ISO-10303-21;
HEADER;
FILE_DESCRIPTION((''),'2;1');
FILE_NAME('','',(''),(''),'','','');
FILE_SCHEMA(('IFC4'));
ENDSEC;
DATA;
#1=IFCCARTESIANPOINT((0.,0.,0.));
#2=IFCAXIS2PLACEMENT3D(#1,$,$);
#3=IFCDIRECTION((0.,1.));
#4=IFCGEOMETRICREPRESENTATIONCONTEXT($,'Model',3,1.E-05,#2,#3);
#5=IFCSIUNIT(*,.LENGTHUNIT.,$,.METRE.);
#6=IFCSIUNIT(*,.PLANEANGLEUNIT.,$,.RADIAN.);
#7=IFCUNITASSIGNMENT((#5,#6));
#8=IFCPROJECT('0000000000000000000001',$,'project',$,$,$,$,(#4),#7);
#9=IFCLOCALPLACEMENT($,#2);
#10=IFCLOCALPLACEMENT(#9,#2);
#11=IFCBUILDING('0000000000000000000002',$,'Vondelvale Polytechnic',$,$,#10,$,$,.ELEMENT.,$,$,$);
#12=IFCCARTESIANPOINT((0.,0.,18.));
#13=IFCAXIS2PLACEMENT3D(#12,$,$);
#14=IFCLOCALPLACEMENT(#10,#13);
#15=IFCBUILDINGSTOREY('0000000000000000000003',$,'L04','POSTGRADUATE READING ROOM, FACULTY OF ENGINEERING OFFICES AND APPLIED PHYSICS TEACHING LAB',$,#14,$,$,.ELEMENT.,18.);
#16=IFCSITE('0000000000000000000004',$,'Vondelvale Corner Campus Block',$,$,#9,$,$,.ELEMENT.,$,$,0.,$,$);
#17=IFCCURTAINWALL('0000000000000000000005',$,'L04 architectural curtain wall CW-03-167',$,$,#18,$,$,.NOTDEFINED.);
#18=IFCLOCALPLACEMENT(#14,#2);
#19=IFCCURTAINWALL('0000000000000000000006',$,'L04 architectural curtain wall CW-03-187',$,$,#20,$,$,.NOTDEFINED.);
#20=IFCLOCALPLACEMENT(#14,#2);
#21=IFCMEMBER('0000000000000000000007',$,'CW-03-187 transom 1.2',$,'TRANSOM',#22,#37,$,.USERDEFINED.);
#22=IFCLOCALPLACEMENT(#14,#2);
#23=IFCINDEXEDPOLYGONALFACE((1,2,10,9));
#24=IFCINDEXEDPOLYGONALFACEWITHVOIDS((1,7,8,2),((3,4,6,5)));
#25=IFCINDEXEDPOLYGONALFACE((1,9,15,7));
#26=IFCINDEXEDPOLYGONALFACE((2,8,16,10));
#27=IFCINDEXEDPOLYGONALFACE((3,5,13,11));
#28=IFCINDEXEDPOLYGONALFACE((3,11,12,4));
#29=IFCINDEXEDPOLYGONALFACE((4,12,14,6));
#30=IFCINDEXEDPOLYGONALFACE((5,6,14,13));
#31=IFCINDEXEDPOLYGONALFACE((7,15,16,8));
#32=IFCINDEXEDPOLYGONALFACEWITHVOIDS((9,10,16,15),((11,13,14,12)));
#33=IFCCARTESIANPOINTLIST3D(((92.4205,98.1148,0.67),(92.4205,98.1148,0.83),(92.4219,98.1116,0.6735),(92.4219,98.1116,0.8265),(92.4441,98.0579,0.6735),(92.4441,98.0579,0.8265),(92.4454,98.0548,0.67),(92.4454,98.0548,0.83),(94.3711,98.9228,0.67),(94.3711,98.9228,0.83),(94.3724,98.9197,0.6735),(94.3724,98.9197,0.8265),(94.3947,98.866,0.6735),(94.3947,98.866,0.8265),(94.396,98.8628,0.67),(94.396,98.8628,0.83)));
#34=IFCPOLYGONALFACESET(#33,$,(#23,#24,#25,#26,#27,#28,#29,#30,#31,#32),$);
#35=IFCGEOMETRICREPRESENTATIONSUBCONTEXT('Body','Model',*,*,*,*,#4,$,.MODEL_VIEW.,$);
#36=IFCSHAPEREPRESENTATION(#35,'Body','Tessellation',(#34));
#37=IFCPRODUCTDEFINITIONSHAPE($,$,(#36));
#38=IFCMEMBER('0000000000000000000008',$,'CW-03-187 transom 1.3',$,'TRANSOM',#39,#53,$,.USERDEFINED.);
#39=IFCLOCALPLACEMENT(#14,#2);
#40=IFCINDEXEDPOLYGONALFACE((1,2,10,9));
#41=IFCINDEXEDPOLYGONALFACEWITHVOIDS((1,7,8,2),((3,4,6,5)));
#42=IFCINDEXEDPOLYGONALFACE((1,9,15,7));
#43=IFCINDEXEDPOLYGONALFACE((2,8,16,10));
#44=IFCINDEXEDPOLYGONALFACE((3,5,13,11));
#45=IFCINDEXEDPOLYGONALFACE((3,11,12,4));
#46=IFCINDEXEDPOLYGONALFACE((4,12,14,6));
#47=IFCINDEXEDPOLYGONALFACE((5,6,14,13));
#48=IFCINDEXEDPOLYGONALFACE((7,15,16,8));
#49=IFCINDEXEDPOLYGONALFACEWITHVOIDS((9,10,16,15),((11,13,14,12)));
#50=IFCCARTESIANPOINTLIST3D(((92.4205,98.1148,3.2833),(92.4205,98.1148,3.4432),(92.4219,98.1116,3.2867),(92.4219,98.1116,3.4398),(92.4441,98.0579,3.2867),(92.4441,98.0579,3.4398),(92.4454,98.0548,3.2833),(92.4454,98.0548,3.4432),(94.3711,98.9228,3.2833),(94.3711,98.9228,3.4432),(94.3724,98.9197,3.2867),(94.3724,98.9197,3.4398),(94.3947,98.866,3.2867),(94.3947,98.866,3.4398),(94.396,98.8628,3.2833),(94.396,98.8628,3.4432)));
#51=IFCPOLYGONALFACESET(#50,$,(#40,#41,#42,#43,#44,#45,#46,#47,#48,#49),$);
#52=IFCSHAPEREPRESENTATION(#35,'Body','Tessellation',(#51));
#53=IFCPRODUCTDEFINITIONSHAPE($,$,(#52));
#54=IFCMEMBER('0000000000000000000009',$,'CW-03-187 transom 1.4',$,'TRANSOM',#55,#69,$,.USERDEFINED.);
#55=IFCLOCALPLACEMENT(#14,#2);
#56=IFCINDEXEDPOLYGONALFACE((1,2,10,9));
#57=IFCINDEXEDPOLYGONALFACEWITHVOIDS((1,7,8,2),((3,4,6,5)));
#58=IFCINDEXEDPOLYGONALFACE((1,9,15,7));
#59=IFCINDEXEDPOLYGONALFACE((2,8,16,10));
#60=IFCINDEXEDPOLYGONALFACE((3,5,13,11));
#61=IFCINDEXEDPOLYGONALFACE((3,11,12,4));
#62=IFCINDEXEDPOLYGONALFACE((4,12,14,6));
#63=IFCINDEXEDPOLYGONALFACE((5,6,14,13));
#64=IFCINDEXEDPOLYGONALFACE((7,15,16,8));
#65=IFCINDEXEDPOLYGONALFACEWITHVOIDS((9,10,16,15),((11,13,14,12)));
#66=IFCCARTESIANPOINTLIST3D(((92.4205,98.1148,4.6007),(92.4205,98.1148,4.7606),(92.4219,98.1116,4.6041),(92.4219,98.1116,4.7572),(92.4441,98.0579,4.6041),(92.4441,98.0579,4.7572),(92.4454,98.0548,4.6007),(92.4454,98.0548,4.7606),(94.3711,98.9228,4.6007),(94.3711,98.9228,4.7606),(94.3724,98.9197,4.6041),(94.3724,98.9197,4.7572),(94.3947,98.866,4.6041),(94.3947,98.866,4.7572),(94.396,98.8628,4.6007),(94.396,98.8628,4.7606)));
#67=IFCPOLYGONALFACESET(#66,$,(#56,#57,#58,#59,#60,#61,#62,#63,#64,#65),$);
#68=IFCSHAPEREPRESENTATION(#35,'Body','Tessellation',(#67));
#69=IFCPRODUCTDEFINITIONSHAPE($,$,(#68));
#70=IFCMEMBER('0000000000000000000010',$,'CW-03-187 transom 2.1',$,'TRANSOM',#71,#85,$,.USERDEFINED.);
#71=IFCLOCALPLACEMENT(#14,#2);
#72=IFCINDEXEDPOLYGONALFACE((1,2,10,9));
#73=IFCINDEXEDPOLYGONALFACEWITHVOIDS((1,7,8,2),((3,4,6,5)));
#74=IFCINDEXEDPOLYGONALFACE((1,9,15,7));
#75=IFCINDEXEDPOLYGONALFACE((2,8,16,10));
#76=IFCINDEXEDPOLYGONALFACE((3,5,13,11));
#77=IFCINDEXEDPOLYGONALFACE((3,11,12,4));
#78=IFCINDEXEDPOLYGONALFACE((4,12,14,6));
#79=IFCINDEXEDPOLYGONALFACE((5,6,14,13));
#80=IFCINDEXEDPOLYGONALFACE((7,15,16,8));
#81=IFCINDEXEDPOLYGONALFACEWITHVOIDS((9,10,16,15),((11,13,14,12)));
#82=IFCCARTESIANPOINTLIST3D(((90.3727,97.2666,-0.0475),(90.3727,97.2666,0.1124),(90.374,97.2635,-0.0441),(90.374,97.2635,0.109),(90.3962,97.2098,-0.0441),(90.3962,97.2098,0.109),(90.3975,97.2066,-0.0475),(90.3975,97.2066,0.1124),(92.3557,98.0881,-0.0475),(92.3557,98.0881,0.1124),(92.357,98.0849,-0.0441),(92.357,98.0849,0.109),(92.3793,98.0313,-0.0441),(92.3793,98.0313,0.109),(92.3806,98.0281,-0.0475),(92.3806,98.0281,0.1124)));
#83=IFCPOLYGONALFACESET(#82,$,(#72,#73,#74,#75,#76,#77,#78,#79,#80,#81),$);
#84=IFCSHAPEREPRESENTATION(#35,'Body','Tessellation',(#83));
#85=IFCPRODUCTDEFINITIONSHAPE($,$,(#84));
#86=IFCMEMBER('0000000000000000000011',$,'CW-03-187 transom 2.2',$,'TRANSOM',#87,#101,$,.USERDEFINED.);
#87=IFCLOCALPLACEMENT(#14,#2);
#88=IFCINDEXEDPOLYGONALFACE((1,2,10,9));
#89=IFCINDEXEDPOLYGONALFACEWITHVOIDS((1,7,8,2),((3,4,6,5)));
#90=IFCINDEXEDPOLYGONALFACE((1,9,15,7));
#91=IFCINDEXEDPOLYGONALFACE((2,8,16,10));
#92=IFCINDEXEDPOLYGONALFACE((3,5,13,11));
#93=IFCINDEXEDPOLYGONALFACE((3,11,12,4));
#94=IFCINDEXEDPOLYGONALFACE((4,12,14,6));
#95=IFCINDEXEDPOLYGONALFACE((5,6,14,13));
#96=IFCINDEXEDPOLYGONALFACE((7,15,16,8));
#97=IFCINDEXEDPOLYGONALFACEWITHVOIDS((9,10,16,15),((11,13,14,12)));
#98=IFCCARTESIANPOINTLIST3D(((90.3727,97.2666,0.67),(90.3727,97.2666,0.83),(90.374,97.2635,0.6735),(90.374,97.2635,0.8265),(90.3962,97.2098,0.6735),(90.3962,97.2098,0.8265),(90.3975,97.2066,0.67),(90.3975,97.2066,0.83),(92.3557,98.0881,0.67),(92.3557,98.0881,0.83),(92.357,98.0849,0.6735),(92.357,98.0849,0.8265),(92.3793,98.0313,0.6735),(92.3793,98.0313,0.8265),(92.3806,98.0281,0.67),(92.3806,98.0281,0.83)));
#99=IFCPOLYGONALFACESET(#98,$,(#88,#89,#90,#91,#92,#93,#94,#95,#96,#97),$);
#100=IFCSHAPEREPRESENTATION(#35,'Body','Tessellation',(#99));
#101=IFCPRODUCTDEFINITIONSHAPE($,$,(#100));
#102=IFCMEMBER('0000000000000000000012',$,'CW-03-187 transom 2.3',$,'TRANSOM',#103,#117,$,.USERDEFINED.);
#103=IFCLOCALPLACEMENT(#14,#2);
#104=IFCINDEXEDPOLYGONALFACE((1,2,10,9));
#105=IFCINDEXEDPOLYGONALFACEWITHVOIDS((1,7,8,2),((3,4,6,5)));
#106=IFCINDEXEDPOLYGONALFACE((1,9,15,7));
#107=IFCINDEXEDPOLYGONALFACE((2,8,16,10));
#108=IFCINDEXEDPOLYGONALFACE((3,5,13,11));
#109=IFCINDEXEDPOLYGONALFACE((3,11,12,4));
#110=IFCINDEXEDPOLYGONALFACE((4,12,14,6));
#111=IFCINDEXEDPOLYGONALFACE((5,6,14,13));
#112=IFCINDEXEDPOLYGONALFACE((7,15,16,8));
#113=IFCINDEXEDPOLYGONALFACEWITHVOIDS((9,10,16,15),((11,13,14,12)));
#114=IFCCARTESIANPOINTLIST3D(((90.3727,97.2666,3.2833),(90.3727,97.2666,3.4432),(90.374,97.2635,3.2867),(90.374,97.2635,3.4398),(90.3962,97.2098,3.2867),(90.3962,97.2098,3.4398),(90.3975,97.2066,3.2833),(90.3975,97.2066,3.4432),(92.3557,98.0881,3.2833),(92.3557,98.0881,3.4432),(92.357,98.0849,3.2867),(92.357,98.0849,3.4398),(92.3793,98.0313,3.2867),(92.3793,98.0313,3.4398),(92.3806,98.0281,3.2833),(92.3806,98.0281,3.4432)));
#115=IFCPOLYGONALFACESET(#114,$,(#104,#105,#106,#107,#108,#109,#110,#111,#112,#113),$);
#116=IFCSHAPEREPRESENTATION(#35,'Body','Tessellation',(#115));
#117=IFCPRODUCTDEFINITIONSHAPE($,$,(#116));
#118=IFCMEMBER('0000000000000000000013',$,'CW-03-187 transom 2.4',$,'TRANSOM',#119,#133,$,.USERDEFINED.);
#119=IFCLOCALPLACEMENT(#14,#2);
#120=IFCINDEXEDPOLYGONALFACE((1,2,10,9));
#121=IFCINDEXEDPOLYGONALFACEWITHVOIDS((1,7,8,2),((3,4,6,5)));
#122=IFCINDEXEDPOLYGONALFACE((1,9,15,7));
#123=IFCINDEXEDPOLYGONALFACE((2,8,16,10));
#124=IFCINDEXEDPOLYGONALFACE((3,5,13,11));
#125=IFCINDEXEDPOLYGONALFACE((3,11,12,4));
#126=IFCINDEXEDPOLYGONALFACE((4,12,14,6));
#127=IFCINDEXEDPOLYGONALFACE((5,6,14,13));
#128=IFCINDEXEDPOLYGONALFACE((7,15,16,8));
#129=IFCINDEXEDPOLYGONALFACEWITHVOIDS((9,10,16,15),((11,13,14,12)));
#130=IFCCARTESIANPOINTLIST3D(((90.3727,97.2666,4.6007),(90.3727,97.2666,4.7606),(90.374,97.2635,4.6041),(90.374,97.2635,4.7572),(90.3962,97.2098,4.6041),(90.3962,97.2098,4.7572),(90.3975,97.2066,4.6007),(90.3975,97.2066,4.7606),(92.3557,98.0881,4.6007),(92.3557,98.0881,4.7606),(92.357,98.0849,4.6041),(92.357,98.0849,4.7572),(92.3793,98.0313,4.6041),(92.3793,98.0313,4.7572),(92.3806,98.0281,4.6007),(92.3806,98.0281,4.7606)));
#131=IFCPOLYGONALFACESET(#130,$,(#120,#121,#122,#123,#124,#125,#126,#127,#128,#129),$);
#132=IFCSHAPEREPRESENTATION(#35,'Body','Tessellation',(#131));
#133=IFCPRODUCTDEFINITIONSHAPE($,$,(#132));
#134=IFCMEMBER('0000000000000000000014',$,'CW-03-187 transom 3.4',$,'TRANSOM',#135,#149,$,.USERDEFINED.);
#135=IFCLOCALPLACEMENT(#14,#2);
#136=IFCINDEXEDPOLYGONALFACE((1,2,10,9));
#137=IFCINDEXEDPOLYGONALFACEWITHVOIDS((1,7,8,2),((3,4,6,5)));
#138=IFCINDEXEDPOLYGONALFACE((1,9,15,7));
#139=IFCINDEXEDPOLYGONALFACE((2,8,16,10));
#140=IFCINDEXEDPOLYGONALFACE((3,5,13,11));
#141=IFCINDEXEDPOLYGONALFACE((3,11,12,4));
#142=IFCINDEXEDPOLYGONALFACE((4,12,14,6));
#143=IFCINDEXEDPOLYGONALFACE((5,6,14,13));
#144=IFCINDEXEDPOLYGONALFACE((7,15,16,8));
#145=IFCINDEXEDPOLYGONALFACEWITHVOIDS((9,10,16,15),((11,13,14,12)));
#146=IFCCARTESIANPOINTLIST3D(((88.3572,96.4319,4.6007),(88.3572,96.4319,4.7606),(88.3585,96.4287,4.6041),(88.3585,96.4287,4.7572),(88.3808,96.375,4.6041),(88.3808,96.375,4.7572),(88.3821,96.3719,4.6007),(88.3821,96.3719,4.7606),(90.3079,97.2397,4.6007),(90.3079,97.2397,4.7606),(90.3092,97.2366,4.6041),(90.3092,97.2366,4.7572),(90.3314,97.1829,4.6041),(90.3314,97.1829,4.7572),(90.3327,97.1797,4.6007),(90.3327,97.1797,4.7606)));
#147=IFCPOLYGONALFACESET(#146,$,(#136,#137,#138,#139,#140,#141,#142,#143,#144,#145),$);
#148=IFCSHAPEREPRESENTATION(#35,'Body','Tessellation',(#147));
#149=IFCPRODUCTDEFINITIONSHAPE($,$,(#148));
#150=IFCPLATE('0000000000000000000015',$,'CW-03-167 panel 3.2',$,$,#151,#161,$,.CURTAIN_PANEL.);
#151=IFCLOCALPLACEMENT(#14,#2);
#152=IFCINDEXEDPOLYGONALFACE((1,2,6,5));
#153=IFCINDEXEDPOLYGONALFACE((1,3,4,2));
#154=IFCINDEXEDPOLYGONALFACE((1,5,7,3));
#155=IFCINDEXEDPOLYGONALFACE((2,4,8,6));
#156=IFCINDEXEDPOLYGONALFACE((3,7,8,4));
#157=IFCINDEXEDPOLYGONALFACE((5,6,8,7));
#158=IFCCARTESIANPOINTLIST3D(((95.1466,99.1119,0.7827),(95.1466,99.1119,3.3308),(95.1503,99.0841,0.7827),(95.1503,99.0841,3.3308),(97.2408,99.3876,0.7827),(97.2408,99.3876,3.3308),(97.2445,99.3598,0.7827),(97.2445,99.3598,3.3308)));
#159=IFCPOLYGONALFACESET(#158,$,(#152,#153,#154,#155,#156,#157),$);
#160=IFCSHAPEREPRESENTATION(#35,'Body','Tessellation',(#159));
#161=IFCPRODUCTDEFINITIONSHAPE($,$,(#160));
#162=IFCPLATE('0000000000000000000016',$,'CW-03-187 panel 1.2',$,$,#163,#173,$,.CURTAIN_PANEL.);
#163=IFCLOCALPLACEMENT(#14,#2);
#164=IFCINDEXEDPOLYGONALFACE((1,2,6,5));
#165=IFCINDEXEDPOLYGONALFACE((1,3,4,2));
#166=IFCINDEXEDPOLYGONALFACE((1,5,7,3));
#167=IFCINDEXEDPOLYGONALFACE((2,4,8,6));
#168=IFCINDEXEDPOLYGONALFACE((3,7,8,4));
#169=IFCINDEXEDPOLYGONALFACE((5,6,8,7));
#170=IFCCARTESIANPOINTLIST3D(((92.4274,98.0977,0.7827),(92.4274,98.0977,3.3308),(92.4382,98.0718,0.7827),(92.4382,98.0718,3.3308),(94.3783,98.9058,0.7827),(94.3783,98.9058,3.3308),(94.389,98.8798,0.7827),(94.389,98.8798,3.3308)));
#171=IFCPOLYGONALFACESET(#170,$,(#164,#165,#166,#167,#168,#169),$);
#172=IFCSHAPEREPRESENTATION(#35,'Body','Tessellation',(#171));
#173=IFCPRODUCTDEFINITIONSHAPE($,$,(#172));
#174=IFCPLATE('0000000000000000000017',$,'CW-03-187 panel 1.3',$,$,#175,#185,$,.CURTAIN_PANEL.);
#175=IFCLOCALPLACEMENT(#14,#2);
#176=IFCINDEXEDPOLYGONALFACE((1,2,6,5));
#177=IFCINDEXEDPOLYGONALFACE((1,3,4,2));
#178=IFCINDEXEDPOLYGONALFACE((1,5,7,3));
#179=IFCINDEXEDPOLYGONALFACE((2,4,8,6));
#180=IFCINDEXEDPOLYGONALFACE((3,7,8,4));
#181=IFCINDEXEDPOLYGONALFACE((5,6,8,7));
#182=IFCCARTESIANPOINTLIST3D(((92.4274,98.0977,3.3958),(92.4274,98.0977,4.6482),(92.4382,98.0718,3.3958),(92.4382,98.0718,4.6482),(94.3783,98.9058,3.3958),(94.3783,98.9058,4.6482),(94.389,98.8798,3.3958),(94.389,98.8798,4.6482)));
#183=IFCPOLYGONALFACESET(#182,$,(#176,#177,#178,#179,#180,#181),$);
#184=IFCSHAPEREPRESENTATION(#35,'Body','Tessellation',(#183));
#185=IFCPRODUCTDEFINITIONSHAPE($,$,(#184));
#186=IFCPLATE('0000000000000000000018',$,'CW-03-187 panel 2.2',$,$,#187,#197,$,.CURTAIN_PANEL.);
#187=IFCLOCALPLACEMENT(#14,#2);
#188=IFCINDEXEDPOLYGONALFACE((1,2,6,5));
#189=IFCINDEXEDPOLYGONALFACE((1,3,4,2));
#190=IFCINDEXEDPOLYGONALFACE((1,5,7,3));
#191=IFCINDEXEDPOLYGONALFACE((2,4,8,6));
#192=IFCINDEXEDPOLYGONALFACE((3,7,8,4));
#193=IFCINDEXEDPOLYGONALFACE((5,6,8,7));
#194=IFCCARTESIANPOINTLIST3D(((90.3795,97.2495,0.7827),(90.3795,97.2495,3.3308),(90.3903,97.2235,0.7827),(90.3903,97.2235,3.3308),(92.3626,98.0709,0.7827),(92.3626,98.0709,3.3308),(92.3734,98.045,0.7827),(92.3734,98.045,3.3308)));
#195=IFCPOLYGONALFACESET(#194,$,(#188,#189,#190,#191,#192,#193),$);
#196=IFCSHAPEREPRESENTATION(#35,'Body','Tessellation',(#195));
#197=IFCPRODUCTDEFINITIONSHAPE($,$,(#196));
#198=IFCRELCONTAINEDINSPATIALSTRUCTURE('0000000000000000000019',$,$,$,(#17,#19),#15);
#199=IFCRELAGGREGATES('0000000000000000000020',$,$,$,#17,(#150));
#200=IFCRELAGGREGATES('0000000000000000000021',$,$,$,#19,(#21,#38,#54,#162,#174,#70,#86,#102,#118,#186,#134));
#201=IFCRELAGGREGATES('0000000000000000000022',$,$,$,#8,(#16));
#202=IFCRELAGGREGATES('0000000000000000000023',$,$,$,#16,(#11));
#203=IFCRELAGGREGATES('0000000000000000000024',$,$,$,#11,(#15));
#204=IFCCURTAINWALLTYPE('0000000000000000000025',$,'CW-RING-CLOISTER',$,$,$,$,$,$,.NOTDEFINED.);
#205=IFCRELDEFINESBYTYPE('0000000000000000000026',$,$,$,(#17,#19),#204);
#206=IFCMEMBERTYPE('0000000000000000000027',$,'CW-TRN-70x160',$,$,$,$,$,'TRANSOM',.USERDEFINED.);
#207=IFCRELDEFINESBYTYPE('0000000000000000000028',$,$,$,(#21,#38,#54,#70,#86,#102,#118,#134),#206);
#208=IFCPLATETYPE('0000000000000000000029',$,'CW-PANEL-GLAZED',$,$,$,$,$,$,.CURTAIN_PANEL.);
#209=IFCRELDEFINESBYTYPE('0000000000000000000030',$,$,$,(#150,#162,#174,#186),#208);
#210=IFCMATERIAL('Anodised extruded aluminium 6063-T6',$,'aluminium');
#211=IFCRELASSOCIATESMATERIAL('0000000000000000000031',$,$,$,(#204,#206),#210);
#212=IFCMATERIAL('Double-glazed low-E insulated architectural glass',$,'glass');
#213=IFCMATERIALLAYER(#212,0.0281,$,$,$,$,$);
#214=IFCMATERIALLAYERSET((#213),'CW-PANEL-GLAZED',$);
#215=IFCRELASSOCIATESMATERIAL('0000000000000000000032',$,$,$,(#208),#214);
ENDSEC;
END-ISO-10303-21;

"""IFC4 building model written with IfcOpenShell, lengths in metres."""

from ifc_helpers import new_model, si_unit, direction, frame, origin, origin_2d, place, context, subcontext, project, spatial, rectangle, hollow_rectangle, extrude, material, layer, layer_set, material_profile, profile_set, type_object, element, aggregate, save


model = new_model("IFC4")

# Units and contexts
model_context = context("Model", 3, precision=1e-05, world=origin(), true_north=direction((0.0, 1.0)))
body_context = subcontext(model_context, "Body", "Model", "MODEL_VIEW")
ifc_project = project(units=[si_unit("LENGTHUNIT", "METRE"), si_unit("PLANEANGLEUNIT", "RADIAN")], contexts=[model_context])

# Site, building, storey
site_placement = place(None, origin())
site = spatial("IfcSite", under=ifc_project, at=site_placement, Name="Vondelvale Corner Campus Block", CompositionType="ELEMENT", RefElevation=0.0)
building_placement = place(site_placement, origin())
building = spatial("IfcBuilding", under=site, at=building_placement, Name="Vondelvale Polytechnic", CompositionType="ELEMENT")
storey_placement = place(building_placement, frame((0.0, 0.0, 18.0)))
storey = spatial("IfcBuildingStorey", under=building, at=storey_placement, Name="L04", Description="POSTGRADUATE READING ROOM, FACULTY OF ENGINEERING OFFICES AND APPLIED PHYSICS TEACHING LAB", CompositionType="ELEMENT", Elevation=18.0)

# Curtain wall
ifc_material_1 = material(Name="Anodised extruded aluminium 6063-T6", Category="aluminium")
curtain_wall_type = type_object("IfcCurtainWallType", Name="CW-RING-CLOISTER", PredefinedType="NOTDEFINED", material=ifc_material_1)
curtain_wall_1_placement = place(storey_placement, origin())
curtain_wall_1 = element("IfcCurtainWall", 1, at=curtain_wall_1_placement, inside=storey, type_object=curtain_wall_type, Name="L04 architectural curtain wall CW-03-167", PredefinedType="NOTDEFINED")

# Curtain wall, members
curtain_wall_2_placement = place(storey_placement, origin())
curtain_wall_2 = element("IfcCurtainWall", 2, at=curtain_wall_2_placement, inside=storey, type_object=curtain_wall_type, Name="L04 architectural curtain wall CW-03-187", PredefinedType="NOTDEFINED")
ifc_material_profile_1 = material_profile(ifc_material_1, hollow_rectangle(XDim=0.0649, YDim=0.1599, WallThickness=0.0034, at=origin_2d()), Name="CW-TRN-160x65")
ifc_profile_set_1 = profile_set([ifc_material_profile_1], Name="Anodised extruded aluminium 6063-T6")
member_type_1 = type_object("IfcMemberType", Name="CW-TRN-70x160", ElementType="TRANSOM", PredefinedType="USERDEFINED", material=ifc_profile_set_1)
member_1_placement = place(storey_placement, frame((94.3835, 98.8928, 0.75), z_axis=(-0.923862, -0.382726, 0.0), x_axis=(0.382726, -0.923862, 0.0)))
member_1 = element("IfcMember", 3, at=member_1_placement, type_object=member_type_1, Name="CW-03-187 transom 1.2", ObjectType="TRANSOM", PredefinedType="USERDEFINED", context=body_context, shape_type="SweptSolid", body=[
    extrude(hollow_rectangle(XDim=0.0649, YDim=0.1599, WallThickness=0.0034, at=origin_2d()), origin(), (0.0, 0.0, 1.0), 2.1113),
])
member_2_placement = place(storey_placement, frame((94.3835, 98.8928, 3.3633), z_axis=(-0.923862, -0.382726, 0.0), x_axis=(0.382726, -0.923862, 0.0)))
member_2 = element("IfcMember", 4, at=member_2_placement, type_object=member_type_1, Name="CW-03-187 transom 1.3", ObjectType="TRANSOM", PredefinedType="USERDEFINED", context=body_context, shape_type="SweptSolid", body=[
    extrude(hollow_rectangle(XDim=0.0649, YDim=0.1599, WallThickness=0.0034, at=origin_2d()), origin(), (0.0, 0.0, 1.0), 2.1113),
])
member_3_placement = place(storey_placement, frame((94.3835, 98.8928, 4.6807), z_axis=(-0.923862, -0.382726, 0.0), x_axis=(0.382726, -0.923862, 0.0)))
member_3 = element("IfcMember", 5, at=member_3_placement, type_object=member_type_1, Name="CW-03-187 transom 1.4", ObjectType="TRANSOM", PredefinedType="USERDEFINED", context=body_context, shape_type="SweptSolid", body=[
    extrude(hollow_rectangle(XDim=0.0649, YDim=0.1599, WallThickness=0.0034, at=origin_2d()), origin(), (0.0, 0.0, 1.0), 2.1113),
])
member_4_placement = place(storey_placement, frame((92.3682, 98.0581, 0.0325), z_axis=(-0.923866, -0.382717, 0.0), x_axis=(0.382717, -0.923866, 0.0)))
member_4 = element("IfcMember", 6, at=member_4_placement, type_object=member_type_1, Name="CW-03-187 transom 2.1", ObjectType="TRANSOM", PredefinedType="USERDEFINED", context=body_context, shape_type="SweptSolid", body=[
    extrude(hollow_rectangle(XDim=0.0649, YDim=0.1599, WallThickness=0.0034, at=origin_2d()), origin(), (0.0, 0.0, 1.0), 2.1465),
])
member_5_placement = place(storey_placement, frame((92.3682, 98.0581, 0.75), z_axis=(-0.923866, -0.382717, 0.0), x_axis=(0.382717, -0.923866, 0.0)))
member_5 = element("IfcMember", 7, at=member_5_placement, type_object=member_type_1, Name="CW-03-187 transom 2.2", ObjectType="TRANSOM", PredefinedType="USERDEFINED", context=body_context, shape_type="SweptSolid", body=[
    extrude(hollow_rectangle(XDim=0.0649, YDim=0.1599, WallThickness=0.0034, at=origin_2d()), origin(), (0.0, 0.0, 1.0), 2.1465),
])
member_6_placement = place(storey_placement, frame((92.3682, 98.0581, 3.3633), z_axis=(-0.923866, -0.382717, 0.0), x_axis=(0.382717, -0.923866, 0.0)))
member_6 = element("IfcMember", 8, at=member_6_placement, type_object=member_type_1, Name="CW-03-187 transom 2.3", ObjectType="TRANSOM", PredefinedType="USERDEFINED", context=body_context, shape_type="SweptSolid", body=[
    extrude(hollow_rectangle(XDim=0.0649, YDim=0.1599, WallThickness=0.0034, at=origin_2d()), origin(), (0.0, 0.0, 1.0), 2.1465),
])
member_7_placement = place(storey_placement, frame((92.3682, 98.0581, 4.6807), z_axis=(-0.923866, -0.382717, 0.0), x_axis=(0.382717, -0.923866, 0.0)))
member_7 = element("IfcMember", 9, at=member_7_placement, type_object=member_type_1, Name="CW-03-187 transom 2.4", ObjectType="TRANSOM", PredefinedType="USERDEFINED", context=body_context, shape_type="SweptSolid", body=[
    extrude(hollow_rectangle(XDim=0.0649, YDim=0.1599, WallThickness=0.0034, at=origin_2d()), origin(), (0.0, 0.0, 1.0), 2.1465),
])
member_8_placement = place(storey_placement, frame((90.3203, 97.2097, 4.6807), z_axis=(-0.923903, -0.382628, 0.0), x_axis=(0.382628, -0.923903, 0.0)))
member_8 = element("IfcMember", 10, at=member_8_placement, type_object=member_type_1, Name="CW-03-187 transom 3.4", ObjectType="TRANSOM", PredefinedType="USERDEFINED", context=body_context, shape_type="SweptSolid", body=[
    extrude(hollow_rectangle(XDim=0.0649, YDim=0.1599, WallThickness=0.0034, at=origin_2d()), origin(), (0.0, 0.0, 1.0), 2.1113),
])

# Plates
ifc_material_2 = material(Name="Double-glazed low-E insulated architectural glass", Category="glass")
ifc_layer_1 = layer(ifc_material_2, 0.0281)
ifc_layer_set_1 = layer_set([ifc_layer_1], Name="CW-PANEL-GLAZED")
plate_type_1 = type_object("IfcPlateType", Name="CW-PANEL-GLAZED", PredefinedType="CURTAIN_PANEL", material=ifc_layer_set_1)
plate_1_placement = place(storey_placement, frame((96.1956, 99.2358, 0.7827), z_axis=(0.0, 0.0, 1.0), x_axis=(-0.991445, -0.130528, 0.0)))
plate_1 = element("IfcPlate", 11, at=plate_1_placement, type_object=plate_type_1, Name="CW-03-167 panel 3.2", PredefinedType="CURTAIN_PANEL", context=body_context, shape_type="SweptSolid", body=[
    extrude(rectangle(XDim=2.1123, YDim=0.0281, at=origin_2d()), origin(), (0.0, 0.0, 1.0), 2.5481),
])
plate_2_placement = place(storey_placement, frame((93.4082, 98.4888, 0.7827), z_axis=(0.0, 0.0, 1.0), x_axis=(-0.923882, -0.382679, 0.0)))
plate_2 = element("IfcPlate", 12, at=plate_2_placement, type_object=plate_type_1, Name="CW-03-187 panel 1.2", PredefinedType="CURTAIN_PANEL", context=body_context, shape_type="SweptSolid", body=[
    extrude(rectangle(XDim=2.1116, YDim=0.0281, at=origin_2d()), origin(), (0.0, 0.0, 1.0), 2.5481),
])
plate_3_placement = place(storey_placement, frame((93.4082, 98.4888, 3.3958), z_axis=(0.0, 0.0, 1.0), x_axis=(-0.923882, -0.382679, 0.0)))
plate_3 = element("IfcPlate", 13, at=plate_3_placement, type_object=plate_type_1, Name="CW-03-187 panel 1.3", PredefinedType="CURTAIN_PANEL", context=body_context, shape_type="SweptSolid", body=[
    extrude(rectangle(XDim=2.1116, YDim=0.0281, at=origin_2d()), origin(), (0.0, 0.0, 1.0), 1.2524),
])
plate_4_placement = place(storey_placement, frame((91.3765, 97.6472, 0.7827), z_axis=(0.0, 0.0, 1.0), x_axis=(-0.923882, -0.382679, 0.0)))
plate_4 = element("IfcPlate", 14, at=plate_4_placement, type_object=plate_type_1, Name="CW-03-187 panel 2.2", PredefinedType="CURTAIN_PANEL", context=body_context, shape_type="SweptSolid", body=[
    extrude(rectangle(XDim=2.1465, YDim=0.0281, at=origin_2d()), origin(), (0.0, 0.0, 1.0), 2.5481),
])
aggregate(curtain_wall_1, [plate_1])
aggregate(curtain_wall_2, [member_1, member_2, member_3, plate_2, plate_3, member_4, member_5, member_6, member_7, plate_4, member_8])

save(model, "model.ifc")
